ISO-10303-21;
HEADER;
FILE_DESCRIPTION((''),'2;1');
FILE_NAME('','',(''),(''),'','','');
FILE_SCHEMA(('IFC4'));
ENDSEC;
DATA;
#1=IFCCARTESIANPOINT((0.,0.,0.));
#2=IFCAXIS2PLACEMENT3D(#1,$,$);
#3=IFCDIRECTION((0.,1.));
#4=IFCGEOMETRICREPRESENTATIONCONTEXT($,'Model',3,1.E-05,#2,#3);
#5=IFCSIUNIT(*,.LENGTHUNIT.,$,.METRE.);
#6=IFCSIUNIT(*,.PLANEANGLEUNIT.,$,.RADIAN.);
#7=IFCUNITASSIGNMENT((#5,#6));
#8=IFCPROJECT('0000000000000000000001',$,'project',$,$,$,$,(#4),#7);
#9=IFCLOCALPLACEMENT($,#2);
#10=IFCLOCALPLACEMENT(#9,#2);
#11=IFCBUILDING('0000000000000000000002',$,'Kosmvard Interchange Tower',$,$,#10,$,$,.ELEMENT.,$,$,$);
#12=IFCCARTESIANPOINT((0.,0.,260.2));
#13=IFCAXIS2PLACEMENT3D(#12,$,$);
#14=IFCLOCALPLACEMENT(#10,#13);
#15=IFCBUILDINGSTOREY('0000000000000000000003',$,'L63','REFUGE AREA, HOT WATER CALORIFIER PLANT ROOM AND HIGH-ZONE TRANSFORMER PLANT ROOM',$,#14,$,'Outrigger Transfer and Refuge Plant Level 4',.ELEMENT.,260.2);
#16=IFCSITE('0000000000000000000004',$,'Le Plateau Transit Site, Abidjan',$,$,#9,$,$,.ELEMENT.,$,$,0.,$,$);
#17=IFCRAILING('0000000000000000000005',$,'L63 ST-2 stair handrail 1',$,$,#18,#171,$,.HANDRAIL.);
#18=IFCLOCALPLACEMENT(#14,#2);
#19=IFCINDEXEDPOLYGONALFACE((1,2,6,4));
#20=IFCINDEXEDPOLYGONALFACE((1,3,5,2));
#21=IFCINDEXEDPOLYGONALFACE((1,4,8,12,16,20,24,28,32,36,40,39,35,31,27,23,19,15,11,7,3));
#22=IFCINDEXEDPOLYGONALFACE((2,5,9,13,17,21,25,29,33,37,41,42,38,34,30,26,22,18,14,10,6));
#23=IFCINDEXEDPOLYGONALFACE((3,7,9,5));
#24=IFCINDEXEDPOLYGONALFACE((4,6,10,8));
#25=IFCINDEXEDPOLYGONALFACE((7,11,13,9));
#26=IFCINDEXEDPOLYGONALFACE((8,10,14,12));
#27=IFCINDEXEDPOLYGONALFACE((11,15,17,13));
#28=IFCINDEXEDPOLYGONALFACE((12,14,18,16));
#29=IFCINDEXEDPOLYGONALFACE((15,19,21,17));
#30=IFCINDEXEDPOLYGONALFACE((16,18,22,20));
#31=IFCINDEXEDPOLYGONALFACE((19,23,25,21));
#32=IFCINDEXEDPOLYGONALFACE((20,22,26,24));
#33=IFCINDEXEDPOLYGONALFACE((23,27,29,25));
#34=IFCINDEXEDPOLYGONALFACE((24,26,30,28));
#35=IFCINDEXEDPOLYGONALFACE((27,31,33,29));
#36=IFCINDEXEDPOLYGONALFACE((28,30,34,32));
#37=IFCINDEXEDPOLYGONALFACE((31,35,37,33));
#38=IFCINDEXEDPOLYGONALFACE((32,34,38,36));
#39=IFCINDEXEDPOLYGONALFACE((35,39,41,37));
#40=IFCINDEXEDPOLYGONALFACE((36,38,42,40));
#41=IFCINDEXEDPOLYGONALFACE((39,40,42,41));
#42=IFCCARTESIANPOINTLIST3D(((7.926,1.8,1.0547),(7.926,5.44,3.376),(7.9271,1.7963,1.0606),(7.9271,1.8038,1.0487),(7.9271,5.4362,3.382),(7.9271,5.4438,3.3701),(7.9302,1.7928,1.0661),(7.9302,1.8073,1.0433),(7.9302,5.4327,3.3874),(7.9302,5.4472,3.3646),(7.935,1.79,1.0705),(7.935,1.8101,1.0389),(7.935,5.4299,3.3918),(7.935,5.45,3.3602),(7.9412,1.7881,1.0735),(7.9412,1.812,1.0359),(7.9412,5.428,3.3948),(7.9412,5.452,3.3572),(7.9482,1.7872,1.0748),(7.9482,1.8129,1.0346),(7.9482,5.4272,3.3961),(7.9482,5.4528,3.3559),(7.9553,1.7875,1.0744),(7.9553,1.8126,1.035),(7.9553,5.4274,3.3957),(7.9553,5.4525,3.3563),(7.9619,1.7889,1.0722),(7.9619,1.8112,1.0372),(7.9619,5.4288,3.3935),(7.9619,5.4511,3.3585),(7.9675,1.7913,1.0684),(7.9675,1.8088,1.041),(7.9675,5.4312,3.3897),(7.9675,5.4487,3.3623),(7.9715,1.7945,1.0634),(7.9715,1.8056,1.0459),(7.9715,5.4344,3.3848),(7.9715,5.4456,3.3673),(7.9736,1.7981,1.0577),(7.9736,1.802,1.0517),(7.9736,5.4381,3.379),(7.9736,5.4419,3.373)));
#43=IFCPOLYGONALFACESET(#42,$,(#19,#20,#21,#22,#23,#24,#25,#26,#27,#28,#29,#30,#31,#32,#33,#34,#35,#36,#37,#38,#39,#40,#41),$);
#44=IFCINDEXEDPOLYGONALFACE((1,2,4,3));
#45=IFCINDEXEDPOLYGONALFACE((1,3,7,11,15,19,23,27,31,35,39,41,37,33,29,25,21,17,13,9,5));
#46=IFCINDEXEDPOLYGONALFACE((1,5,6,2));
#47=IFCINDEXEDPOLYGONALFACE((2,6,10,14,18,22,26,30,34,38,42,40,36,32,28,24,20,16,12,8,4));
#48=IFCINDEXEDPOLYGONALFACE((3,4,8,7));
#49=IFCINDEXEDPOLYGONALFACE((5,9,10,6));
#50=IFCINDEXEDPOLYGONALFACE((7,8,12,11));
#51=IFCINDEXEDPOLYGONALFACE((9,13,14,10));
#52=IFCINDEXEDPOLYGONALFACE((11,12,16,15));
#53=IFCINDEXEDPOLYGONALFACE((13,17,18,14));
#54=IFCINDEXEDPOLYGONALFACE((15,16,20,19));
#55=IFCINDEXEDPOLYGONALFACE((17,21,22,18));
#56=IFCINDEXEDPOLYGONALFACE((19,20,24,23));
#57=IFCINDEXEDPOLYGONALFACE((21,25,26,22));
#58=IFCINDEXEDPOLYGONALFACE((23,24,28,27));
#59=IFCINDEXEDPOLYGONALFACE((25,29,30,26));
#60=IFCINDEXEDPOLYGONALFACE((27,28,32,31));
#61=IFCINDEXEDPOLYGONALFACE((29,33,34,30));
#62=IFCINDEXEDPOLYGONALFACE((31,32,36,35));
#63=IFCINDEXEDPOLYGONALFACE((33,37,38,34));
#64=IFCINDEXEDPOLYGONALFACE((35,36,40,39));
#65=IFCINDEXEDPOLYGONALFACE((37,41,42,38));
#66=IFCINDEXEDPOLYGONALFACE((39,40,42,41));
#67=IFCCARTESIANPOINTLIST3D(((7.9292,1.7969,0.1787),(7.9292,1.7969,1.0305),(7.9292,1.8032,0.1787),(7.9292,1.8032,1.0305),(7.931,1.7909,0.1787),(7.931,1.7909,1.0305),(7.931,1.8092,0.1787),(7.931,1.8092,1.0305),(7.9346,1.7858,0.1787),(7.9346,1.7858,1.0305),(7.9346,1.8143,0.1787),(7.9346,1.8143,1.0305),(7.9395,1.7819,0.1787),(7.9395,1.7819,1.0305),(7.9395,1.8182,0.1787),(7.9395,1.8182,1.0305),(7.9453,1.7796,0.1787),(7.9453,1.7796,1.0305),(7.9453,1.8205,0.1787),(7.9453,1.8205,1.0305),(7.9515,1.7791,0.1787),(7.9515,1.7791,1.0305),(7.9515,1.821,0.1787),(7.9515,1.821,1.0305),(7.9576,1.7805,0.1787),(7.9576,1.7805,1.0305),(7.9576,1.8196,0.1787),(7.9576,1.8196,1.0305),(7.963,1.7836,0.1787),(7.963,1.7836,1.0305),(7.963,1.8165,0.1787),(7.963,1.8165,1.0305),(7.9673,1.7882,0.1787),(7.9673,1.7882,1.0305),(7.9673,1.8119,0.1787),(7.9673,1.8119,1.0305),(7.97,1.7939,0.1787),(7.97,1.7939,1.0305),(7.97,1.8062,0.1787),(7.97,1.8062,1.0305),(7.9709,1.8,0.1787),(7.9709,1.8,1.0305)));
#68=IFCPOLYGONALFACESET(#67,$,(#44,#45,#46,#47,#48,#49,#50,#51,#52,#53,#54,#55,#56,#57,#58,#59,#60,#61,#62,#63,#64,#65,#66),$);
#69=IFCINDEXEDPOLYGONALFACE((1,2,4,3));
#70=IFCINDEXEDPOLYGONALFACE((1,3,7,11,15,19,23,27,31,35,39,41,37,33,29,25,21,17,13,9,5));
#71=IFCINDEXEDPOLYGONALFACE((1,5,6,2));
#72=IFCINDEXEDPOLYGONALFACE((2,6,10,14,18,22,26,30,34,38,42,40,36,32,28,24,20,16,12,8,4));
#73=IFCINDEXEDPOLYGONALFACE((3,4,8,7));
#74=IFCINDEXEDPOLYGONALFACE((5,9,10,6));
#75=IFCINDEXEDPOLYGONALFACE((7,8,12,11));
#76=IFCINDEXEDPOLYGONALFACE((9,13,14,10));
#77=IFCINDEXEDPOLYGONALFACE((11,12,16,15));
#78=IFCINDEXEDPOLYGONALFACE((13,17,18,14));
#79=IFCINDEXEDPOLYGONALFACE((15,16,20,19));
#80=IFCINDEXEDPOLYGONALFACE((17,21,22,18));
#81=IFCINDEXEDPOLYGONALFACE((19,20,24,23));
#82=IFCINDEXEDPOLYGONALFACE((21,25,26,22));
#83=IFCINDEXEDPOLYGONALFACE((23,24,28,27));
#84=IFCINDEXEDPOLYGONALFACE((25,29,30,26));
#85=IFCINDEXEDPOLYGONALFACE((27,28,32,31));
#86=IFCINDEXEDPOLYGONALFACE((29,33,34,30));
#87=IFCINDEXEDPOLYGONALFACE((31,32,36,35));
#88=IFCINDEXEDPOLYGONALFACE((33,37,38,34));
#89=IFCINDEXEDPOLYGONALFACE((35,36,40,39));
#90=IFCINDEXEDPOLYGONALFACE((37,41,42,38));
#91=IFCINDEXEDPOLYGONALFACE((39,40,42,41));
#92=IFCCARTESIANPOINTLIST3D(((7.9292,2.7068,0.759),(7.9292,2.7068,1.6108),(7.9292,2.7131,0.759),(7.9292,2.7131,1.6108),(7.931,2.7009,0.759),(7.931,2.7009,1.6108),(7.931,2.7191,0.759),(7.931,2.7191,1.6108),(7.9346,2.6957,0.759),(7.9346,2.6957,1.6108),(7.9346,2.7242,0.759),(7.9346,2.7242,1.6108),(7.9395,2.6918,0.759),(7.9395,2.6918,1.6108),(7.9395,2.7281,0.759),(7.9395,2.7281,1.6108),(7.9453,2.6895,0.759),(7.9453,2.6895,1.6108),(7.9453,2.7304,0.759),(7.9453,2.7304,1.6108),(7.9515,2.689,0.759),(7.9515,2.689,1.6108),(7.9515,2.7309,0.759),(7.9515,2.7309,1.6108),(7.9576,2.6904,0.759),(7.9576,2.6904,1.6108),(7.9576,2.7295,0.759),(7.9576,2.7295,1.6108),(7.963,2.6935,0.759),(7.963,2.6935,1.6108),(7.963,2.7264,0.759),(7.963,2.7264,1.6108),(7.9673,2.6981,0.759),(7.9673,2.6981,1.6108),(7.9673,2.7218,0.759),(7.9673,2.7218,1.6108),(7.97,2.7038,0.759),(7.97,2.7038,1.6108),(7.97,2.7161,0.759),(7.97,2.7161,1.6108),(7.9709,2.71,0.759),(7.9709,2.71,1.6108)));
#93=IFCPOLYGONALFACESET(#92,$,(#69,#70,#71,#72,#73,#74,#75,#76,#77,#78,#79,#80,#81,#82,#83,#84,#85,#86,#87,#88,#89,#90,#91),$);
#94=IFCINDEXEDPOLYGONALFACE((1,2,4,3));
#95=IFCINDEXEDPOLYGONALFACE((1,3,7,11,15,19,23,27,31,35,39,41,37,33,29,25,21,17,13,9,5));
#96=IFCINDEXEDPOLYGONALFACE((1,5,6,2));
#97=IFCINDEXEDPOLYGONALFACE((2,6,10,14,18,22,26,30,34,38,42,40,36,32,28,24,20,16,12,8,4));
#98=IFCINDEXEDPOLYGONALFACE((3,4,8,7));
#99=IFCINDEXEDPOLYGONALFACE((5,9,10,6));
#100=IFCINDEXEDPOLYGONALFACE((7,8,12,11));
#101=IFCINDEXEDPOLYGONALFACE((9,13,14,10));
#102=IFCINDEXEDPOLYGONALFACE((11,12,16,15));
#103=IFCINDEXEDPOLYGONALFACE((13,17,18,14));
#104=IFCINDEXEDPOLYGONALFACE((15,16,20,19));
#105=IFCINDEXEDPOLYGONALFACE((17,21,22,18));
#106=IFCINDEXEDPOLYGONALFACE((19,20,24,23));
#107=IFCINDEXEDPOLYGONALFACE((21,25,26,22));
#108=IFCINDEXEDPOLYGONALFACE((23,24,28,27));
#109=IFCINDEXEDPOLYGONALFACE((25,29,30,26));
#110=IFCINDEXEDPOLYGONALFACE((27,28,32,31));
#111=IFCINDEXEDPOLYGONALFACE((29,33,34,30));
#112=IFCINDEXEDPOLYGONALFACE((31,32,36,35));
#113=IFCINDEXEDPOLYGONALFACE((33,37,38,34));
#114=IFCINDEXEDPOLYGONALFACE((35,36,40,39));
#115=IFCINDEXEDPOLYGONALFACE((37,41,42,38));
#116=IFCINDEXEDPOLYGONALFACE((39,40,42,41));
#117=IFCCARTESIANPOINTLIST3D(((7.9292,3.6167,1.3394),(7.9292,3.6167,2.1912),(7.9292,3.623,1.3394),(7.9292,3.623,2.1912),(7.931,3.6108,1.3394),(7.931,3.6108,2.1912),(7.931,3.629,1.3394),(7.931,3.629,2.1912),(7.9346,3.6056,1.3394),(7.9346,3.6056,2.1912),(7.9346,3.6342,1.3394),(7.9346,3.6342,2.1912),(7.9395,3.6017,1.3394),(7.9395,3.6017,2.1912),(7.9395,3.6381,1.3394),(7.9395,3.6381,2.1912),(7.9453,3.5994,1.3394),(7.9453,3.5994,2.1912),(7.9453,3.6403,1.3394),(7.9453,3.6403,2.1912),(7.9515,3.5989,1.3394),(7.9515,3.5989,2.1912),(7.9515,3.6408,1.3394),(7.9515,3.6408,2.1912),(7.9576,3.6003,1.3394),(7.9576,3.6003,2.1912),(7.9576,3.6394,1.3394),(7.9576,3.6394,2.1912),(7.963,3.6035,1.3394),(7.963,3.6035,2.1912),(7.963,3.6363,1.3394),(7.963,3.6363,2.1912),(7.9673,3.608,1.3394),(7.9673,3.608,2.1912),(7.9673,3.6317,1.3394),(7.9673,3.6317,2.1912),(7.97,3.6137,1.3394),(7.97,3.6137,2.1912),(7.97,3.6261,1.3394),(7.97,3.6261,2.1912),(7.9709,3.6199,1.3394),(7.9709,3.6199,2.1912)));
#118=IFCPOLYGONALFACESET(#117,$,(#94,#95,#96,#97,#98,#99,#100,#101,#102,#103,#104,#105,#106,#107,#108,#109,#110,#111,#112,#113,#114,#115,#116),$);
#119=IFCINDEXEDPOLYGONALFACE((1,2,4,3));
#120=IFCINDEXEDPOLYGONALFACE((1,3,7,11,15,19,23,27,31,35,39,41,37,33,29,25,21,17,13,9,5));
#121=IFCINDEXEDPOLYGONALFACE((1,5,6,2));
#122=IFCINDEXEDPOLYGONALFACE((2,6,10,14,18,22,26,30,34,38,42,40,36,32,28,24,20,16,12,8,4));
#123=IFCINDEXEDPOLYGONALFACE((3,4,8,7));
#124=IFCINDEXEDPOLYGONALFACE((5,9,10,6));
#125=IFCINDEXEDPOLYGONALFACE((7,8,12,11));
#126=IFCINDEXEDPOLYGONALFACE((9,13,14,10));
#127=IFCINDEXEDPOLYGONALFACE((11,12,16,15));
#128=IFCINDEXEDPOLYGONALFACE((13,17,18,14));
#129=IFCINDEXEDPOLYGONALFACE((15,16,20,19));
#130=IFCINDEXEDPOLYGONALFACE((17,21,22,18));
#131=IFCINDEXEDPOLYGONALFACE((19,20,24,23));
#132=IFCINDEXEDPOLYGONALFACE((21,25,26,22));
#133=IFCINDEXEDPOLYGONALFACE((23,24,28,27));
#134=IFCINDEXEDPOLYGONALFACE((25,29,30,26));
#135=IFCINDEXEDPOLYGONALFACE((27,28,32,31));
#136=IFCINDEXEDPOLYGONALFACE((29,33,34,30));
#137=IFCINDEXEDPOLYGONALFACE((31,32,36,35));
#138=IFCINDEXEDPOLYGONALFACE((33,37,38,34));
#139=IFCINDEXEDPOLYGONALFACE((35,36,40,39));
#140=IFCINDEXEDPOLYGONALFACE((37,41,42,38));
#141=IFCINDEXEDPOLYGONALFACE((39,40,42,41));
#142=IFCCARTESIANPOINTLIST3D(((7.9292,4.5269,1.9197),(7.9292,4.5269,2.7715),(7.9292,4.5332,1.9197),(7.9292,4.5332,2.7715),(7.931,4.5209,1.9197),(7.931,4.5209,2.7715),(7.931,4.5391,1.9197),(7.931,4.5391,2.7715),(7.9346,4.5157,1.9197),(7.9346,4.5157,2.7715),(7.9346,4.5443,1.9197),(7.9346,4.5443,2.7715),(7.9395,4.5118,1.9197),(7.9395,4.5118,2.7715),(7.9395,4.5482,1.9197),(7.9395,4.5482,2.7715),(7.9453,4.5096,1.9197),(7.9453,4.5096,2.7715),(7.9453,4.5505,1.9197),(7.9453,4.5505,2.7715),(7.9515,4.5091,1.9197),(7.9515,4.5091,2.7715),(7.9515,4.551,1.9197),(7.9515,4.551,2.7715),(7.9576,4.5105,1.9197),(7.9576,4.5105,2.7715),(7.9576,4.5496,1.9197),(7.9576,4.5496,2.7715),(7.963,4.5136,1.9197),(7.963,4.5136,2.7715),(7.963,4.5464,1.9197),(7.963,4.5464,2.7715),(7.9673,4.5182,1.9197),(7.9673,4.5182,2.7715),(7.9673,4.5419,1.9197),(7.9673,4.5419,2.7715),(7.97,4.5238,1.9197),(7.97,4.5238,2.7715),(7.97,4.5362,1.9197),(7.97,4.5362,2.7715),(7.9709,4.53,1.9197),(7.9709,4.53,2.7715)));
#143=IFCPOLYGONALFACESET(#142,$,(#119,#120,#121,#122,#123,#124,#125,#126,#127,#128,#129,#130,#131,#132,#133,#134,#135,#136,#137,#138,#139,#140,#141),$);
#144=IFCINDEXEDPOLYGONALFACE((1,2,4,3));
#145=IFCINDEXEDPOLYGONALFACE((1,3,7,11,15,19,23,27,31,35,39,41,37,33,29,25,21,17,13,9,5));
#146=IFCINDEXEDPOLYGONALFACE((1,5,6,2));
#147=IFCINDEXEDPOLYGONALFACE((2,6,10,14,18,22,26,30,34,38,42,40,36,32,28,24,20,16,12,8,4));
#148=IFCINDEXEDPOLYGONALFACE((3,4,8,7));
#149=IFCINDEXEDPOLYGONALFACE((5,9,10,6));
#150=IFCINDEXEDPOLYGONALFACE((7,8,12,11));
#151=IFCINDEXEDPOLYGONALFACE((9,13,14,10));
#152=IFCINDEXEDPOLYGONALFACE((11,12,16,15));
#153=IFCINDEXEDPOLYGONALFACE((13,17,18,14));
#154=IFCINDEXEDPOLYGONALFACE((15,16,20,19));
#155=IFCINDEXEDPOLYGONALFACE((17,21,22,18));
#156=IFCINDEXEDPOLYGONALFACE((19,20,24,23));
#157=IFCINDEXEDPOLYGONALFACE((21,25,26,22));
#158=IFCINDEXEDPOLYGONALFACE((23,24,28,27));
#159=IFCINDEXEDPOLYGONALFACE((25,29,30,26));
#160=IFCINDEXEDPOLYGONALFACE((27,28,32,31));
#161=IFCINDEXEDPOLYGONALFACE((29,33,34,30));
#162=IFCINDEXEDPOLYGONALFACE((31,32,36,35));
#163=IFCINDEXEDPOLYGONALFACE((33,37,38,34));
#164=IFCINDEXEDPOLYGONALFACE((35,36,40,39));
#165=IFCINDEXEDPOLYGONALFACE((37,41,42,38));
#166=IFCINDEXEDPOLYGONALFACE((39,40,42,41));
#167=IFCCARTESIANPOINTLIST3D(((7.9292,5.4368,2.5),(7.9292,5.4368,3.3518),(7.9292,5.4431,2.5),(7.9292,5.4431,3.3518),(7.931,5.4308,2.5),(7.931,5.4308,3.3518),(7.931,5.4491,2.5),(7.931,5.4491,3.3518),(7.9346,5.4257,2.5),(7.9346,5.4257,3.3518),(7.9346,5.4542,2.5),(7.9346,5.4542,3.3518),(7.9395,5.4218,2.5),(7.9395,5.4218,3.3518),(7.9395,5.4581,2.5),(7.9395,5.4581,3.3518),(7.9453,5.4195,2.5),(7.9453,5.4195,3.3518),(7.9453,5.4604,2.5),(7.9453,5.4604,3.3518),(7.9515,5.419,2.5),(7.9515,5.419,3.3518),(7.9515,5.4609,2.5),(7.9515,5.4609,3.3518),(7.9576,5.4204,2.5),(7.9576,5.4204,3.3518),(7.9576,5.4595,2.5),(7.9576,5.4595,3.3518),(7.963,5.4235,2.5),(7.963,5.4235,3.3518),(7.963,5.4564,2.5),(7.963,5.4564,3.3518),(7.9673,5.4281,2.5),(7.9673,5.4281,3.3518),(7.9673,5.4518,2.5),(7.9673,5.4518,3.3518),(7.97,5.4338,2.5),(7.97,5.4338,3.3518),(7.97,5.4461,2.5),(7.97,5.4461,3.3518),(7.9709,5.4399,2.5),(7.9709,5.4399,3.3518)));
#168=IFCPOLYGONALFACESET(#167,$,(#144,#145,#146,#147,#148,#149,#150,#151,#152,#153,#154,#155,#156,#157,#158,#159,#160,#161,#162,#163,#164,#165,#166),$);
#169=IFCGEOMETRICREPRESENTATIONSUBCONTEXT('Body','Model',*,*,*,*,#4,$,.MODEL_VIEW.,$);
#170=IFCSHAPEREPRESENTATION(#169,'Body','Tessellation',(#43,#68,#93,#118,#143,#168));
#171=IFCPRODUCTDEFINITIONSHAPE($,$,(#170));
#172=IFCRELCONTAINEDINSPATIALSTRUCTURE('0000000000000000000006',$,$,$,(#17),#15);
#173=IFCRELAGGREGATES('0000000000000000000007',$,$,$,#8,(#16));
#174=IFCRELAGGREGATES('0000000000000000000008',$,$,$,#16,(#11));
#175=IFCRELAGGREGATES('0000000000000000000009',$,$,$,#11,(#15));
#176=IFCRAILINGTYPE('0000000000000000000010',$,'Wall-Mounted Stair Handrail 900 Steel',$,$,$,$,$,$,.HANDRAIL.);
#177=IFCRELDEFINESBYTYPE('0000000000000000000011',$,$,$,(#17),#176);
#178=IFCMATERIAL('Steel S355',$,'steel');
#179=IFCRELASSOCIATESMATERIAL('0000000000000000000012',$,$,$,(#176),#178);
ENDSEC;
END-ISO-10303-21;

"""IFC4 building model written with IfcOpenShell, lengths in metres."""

from ifc_helpers import new_model, si_unit, direction, frame, origin, origin_2d, place, context, subcontext, project, spatial, circle, extrude, source, transform, mapped, material, type_object, element, save


model = new_model("IFC4")

# Units and contexts
model_context = context("Model", 3, precision=1e-05, world=origin(), true_north=direction((0.0, 1.0)))
body_context = subcontext(model_context, "Body", "Model", "MODEL_VIEW")
ifc_project = project(units=[si_unit("LENGTHUNIT", "METRE"), si_unit("PLANEANGLEUNIT", "RADIAN")], contexts=[model_context])

# Site, building, storey
site_placement = place(None, origin())
site = spatial("IfcSite", under=ifc_project, at=site_placement, Name="Le Plateau Transit Site, Abidjan", CompositionType="ELEMENT", RefElevation=0.0)
building_placement = place(site_placement, origin())
building = spatial("IfcBuilding", under=site, at=building_placement, Name="Kosmvard Interchange Tower", CompositionType="ELEMENT")
storey_placement = place(building_placement, frame((0.0, 0.0, 260.2)))
storey = spatial("IfcBuildingStorey", under=building, at=storey_placement, Name="L63", Description="REFUGE AREA, HOT WATER CALORIFIER PLANT ROOM AND HIGH-ZONE TRANSFORMER PLANT ROOM", LongName="Outrigger Transfer and Refuge Plant Level 4", CompositionType="ELEMENT", Elevation=260.2)

# Shared definitions
ifc_material_1 = material(Name="Steel S355", Category="steel")

# Railing
railing_type_1 = type_object("IfcRailingType", Name="Wall-Mounted Stair Handrail 900 Steel", PredefinedType="HANDRAIL", material=ifc_material_1)
shared_shape_1 = source(origin(), body_context, "Body", "SweptSolid", [
    extrude(circle(Radius=0.0239, at=origin_2d()), frame((0.0, 0.0, 0.876), z_axis=(0.0, 0.843137, 0.537699), x_axis=(-1.0, 0.0, 0.0)), (0.0, 0.0, 1.0), 4.3171),
    extrude(circle(Radius=0.021, at=origin_2d()), origin(), (0.0, 0.0, 1.0), 0.8518),
    extrude(circle(Radius=0.021, at=origin_2d()), frame((0.0, 0.9099, 0.5803)), (0.0, 0.0, 1.0), 0.8518),
    extrude(circle(Radius=0.021, at=origin_2d()), frame((0.0, 1.8198, 1.1606)), (0.0, 0.0, 1.0), 0.8518),
    extrude(circle(Radius=0.021, at=origin_2d()), frame((0.0, 2.73, 1.741)), (0.0, 0.0, 1.0), 0.8518),
    extrude(circle(Radius=0.021, at=origin_2d()), frame((0.0, 3.6399, 2.3213)), (0.0, 0.0, 1.0), 0.8518),
])
railing_1_placement = place(storey_placement, frame((7.95, 1.8, 0.1787)))
element("IfcRailing", 1, at=railing_1_placement, inside=storey, type_object=railing_type_1, Name="L63 ST-2 stair handrail 1", PredefinedType="HANDRAIL", context=body_context, shape_type="MappedRepresentation", body=[
    mapped(shared_shape_1, transform((0.0, 0.0, 0.0), scale=1.0)),
])

save(model, "model.ifc")
